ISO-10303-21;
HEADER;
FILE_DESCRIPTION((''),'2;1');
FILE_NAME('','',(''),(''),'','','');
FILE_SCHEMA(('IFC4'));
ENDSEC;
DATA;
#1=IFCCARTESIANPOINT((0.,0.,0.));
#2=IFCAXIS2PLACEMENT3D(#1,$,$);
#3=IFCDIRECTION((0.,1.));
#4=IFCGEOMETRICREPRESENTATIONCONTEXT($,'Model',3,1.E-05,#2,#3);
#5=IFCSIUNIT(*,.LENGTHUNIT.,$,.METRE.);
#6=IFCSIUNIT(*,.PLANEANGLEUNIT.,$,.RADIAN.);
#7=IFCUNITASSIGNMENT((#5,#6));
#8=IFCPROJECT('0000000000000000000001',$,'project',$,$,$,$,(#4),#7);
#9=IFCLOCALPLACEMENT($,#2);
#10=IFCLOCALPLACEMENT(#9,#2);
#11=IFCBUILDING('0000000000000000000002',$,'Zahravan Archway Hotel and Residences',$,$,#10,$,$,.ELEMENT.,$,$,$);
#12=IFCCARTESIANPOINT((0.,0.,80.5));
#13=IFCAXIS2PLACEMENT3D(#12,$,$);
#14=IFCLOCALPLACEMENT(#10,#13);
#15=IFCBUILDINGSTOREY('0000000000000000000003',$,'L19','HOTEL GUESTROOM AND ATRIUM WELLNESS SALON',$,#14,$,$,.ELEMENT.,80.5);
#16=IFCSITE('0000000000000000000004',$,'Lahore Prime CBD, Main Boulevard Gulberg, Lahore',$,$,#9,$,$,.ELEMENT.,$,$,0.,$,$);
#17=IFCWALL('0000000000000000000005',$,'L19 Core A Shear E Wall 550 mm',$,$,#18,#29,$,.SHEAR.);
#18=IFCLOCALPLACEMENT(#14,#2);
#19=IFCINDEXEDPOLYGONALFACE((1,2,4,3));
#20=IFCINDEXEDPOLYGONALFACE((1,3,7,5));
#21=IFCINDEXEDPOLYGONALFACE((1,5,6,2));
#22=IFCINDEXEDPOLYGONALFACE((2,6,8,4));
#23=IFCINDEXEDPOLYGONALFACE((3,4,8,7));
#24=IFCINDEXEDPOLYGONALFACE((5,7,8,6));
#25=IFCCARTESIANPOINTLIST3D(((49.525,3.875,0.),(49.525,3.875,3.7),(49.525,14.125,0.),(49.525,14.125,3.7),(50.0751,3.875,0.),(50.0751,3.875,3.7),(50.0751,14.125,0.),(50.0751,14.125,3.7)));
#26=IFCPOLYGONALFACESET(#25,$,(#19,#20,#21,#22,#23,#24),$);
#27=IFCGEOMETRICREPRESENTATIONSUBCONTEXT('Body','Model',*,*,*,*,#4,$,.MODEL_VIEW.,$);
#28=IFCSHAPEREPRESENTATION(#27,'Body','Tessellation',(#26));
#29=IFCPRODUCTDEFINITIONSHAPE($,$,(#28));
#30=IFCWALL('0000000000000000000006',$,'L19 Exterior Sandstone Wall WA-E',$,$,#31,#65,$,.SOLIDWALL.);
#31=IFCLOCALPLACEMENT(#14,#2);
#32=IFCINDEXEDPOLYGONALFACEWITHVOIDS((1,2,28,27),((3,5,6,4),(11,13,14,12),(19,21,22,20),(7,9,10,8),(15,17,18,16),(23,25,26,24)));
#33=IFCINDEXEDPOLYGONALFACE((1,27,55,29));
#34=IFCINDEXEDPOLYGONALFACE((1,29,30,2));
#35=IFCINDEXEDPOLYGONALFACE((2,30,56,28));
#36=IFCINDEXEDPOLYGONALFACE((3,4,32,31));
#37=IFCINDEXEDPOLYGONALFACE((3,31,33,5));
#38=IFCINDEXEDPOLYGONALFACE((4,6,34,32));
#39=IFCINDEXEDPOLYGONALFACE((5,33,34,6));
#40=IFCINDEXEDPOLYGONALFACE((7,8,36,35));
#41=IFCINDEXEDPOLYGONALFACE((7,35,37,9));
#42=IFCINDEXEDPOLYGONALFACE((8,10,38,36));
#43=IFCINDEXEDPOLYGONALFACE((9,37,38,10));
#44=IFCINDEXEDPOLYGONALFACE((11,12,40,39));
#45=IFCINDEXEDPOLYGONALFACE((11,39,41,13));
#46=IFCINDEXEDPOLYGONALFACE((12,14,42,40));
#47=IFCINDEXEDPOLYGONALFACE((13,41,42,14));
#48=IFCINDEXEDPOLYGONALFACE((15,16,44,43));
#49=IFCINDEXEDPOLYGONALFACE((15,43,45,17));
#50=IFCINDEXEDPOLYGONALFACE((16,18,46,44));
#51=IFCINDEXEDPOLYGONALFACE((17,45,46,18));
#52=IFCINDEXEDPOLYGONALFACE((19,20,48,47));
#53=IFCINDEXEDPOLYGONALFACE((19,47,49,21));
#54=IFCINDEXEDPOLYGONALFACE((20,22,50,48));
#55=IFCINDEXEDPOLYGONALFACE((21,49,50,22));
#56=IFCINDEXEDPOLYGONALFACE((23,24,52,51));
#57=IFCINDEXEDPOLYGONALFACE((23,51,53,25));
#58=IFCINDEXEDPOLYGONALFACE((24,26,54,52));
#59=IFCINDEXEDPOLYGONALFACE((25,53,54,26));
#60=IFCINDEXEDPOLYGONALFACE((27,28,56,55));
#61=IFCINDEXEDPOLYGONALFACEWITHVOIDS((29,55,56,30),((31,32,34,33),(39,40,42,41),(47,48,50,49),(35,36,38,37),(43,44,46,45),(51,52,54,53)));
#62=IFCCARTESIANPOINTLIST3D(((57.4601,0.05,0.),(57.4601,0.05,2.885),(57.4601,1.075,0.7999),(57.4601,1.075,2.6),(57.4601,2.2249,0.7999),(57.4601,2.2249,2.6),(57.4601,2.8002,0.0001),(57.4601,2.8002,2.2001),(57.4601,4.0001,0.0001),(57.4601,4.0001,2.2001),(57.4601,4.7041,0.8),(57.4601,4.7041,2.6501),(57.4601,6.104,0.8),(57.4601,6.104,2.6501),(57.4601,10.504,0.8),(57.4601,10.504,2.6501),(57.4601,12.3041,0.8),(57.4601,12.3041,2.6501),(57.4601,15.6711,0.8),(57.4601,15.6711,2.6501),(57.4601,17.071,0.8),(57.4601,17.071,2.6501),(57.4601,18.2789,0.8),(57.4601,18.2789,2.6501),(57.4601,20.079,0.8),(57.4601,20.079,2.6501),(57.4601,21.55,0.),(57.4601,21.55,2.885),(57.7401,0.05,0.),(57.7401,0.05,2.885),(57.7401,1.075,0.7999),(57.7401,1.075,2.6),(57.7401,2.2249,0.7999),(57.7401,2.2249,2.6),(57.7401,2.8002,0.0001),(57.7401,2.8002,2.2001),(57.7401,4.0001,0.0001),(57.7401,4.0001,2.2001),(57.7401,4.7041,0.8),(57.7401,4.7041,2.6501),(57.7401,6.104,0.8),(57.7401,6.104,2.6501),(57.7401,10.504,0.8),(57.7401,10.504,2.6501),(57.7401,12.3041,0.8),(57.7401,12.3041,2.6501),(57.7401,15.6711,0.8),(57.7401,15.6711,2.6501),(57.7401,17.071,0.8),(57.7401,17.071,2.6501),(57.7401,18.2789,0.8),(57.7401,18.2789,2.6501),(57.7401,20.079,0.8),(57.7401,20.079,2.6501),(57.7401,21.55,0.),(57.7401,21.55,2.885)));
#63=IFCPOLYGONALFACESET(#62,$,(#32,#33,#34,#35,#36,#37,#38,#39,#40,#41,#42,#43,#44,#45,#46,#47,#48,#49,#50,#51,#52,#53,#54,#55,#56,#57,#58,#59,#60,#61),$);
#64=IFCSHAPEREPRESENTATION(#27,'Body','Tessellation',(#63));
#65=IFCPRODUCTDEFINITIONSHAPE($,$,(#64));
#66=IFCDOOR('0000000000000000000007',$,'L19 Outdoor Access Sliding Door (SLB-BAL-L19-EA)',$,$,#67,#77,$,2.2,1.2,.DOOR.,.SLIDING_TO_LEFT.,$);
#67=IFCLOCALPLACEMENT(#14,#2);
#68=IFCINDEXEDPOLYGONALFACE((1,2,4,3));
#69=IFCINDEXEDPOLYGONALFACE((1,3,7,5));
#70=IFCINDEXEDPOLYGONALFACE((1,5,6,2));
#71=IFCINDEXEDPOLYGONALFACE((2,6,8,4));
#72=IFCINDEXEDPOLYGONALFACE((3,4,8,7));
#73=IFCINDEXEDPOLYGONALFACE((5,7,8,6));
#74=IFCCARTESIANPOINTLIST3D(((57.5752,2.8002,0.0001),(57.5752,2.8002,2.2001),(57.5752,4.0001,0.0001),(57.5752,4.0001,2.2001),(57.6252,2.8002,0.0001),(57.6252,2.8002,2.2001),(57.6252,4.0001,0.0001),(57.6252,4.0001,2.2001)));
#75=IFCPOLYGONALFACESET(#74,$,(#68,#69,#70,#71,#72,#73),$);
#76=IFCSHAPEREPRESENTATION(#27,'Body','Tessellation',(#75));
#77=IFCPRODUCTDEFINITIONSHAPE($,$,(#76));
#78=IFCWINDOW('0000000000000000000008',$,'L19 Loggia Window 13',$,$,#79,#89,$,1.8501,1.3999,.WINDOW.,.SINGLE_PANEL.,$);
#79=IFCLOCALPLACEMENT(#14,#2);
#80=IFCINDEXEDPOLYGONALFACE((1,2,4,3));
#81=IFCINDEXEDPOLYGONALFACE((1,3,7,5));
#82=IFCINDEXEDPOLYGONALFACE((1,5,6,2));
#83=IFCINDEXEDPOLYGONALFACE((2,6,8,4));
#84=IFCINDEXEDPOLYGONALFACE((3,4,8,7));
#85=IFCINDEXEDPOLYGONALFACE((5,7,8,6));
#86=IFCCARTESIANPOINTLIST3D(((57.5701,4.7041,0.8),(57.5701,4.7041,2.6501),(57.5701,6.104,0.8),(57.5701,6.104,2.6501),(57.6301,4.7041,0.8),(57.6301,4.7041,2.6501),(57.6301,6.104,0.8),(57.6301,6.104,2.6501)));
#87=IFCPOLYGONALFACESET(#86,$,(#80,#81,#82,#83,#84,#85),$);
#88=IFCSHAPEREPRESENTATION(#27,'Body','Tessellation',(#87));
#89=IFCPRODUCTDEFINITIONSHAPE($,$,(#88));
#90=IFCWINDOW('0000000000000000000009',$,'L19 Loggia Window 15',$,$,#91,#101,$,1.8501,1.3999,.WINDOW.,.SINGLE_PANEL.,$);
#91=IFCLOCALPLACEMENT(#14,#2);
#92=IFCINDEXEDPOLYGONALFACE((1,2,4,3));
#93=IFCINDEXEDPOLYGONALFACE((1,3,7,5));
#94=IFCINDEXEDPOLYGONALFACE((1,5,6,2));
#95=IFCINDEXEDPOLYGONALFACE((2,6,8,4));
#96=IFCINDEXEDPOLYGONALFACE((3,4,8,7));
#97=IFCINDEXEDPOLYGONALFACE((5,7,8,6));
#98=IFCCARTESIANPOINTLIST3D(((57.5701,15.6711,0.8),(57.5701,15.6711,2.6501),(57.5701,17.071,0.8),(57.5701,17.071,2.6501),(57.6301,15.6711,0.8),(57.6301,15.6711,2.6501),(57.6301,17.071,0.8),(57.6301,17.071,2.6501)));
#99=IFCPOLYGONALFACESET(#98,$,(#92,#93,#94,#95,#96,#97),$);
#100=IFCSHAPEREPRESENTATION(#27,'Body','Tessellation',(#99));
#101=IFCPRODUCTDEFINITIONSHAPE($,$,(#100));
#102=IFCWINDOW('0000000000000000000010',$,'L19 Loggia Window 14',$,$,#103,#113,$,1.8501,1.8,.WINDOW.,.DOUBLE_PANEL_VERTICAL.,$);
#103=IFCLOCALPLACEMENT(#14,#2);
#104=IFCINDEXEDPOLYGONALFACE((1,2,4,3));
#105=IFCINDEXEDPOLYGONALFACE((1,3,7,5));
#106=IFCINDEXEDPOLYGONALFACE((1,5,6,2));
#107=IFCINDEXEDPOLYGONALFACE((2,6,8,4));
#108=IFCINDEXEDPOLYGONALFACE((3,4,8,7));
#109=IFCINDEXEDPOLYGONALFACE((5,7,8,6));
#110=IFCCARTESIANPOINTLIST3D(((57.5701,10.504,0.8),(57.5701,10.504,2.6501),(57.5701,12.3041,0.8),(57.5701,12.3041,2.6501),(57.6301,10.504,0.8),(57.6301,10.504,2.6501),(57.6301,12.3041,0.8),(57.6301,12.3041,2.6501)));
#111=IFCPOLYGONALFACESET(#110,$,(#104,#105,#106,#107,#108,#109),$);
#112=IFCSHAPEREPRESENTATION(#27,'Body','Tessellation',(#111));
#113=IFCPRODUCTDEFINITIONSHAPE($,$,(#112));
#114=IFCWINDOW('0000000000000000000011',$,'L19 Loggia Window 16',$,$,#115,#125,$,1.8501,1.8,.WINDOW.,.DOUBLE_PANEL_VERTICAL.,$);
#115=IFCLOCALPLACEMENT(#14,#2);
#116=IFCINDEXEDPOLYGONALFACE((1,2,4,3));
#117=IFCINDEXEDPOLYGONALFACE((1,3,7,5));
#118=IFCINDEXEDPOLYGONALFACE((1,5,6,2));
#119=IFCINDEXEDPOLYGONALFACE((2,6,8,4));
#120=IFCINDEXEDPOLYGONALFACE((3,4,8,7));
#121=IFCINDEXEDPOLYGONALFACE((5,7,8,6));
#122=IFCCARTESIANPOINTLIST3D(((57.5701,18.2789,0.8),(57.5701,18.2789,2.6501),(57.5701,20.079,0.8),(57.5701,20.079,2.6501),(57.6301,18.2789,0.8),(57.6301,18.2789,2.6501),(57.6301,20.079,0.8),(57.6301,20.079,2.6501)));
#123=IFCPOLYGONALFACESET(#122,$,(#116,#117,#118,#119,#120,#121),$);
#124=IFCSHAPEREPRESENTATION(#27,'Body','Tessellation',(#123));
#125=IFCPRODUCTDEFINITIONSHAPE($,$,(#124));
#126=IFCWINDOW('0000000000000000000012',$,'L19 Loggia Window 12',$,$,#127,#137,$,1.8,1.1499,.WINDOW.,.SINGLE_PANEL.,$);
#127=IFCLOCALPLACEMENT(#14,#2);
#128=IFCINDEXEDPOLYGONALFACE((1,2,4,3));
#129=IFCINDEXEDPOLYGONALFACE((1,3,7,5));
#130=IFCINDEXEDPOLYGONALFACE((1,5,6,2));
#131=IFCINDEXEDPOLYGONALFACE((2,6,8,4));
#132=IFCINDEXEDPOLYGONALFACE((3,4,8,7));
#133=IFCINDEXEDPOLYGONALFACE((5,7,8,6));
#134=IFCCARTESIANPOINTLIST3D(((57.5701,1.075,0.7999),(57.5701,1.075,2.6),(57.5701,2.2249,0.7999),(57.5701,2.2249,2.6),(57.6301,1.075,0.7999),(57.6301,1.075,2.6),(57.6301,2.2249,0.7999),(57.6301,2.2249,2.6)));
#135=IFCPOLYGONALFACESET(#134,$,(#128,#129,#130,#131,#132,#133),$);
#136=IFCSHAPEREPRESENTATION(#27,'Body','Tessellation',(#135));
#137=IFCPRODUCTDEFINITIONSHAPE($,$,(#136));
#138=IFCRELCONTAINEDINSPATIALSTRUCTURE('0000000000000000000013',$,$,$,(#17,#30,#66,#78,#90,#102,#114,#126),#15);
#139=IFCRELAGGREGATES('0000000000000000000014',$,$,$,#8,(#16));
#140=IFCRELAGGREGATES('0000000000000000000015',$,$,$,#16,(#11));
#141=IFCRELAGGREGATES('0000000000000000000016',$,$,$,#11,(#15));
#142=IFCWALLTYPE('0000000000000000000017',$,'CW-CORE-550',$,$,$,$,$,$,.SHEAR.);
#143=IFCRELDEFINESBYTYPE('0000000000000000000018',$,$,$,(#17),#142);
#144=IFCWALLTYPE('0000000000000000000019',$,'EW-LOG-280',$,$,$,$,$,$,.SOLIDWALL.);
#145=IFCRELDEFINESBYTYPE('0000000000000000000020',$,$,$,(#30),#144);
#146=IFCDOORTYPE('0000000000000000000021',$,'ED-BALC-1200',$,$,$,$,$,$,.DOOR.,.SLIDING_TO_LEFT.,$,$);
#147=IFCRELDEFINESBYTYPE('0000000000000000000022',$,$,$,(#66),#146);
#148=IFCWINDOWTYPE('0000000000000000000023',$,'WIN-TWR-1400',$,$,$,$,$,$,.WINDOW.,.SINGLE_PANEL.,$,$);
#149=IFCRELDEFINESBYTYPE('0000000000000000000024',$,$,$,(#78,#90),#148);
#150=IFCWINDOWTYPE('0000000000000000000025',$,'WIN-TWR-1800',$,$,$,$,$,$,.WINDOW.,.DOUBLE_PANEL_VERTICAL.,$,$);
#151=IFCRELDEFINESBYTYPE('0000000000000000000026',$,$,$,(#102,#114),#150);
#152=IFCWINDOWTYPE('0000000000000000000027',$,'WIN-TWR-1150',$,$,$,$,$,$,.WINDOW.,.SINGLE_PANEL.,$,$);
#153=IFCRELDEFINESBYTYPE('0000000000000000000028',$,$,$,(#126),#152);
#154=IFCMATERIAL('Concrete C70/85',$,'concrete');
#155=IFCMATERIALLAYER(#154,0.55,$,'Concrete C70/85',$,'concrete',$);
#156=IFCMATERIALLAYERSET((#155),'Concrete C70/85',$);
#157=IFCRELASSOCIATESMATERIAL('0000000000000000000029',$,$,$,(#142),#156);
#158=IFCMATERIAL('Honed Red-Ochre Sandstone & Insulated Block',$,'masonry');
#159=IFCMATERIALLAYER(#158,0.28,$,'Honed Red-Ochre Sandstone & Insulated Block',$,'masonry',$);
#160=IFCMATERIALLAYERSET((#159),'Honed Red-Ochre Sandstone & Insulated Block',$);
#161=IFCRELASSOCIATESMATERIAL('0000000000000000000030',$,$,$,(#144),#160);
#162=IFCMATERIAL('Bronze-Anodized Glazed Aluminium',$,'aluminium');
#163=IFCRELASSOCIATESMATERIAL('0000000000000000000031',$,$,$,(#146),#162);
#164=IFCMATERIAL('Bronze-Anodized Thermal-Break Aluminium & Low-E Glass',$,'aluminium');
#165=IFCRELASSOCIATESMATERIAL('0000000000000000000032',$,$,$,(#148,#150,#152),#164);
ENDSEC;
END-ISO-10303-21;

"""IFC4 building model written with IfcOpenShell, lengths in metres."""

from ifc_helpers import new_model, si_unit, direction, frame, frame_2d, origin, place, context, subcontext, project, spatial, rectangle, extrude, source, transform, mapped, material, layer, layer_set, type_object, type_shapes, element, fill, save


model = new_model("IFC4")

# Units and contexts
model_context = context("Model", 3, precision=1e-05, world=origin(), true_north=direction((0.0, 1.0)))
body_context = subcontext(model_context, "Body", "Model", "MODEL_VIEW")
ifc_project = project(units=[si_unit("LENGTHUNIT", "METRE"), si_unit("PLANEANGLEUNIT", "RADIAN")], contexts=[model_context])

# Site, building, storey
site_placement = place(None, origin())
site = spatial("IfcSite", under=ifc_project, at=site_placement, Name="Lahore Prime CBD, Main Boulevard Gulberg, Lahore", CompositionType="ELEMENT", RefElevation=0.0)
building_placement = place(site_placement, origin())
building = spatial("IfcBuilding", under=site, at=building_placement, Name="Zahravan Archway Hotel and Residences", CompositionType="ELEMENT")
storey_placement = place(building_placement, frame((0.0, 0.0, 80.5)))
storey = spatial("IfcBuildingStorey", under=building, at=storey_placement, Name="L19", Description="HOTEL GUESTROOM AND ATRIUM WELLNESS SALON", CompositionType="ELEMENT", Elevation=80.5)

# Shared definitions
ifc_material_1 = material(Name="Concrete C70/85", Category="concrete")

# Wall
ifc_layer_1 = layer(ifc_material_1, 0.55, Name="Concrete C70/85", Category="concrete")
ifc_layer_set_1 = layer_set([ifc_layer_1], Name="Concrete C70/85")
wall_type_1 = type_object("IfcWallType", Name="CW-CORE-550", PredefinedType="SHEAR", material=ifc_layer_set_1)
wall_1_placement = place(storey_placement, frame((49.8, 3.875, 0.0), z_axis=(0.0, 0.0, 1.0), x_axis=(0.0, 1.0, 0.0)))
element("IfcWall", 1, at=wall_1_placement, inside=storey, type_object=wall_type_1, Name="L19 Core A Shear E Wall 550 mm", PredefinedType="SHEAR", context=body_context, shape_type="SweptSolid", body=[
    extrude(rectangle(XDim=10.25, YDim=0.55, at=frame_2d((5.125, 0.0))), origin(), (0.0, 0.0, 1.0), 3.7),
])

# Wall, openings, door, windows
ifc_material_2 = material(Name="Honed Red-Ochre Sandstone & Insulated Block", Category="masonry")
ifc_layer_2 = layer(ifc_material_2, 0.28, Name="Honed Red-Ochre Sandstone & Insulated Block", Category="masonry")
ifc_layer_set_2 = layer_set([ifc_layer_2], Name="Honed Red-Ochre Sandstone & Insulated Block")
wall_type_2 = type_object("IfcWallType", Name="EW-LOG-280", PredefinedType="SOLIDWALL", material=ifc_layer_set_2)
wall_2_placement = place(storey_placement, frame((57.6001, 0.05, 0.0), z_axis=(0.0, 0.0, 1.0), x_axis=(0.0, 1.0, 0.0)))
wall_2 = element("IfcWall", 2, at=wall_2_placement, inside=storey, type_object=wall_type_2, Name="L19 Exterior Sandstone Wall WA-E", PredefinedType="SOLIDWALL", context=body_context, shape_type="SweptSolid", body=[
    extrude(rectangle(XDim=21.5, YDim=0.28, at=frame_2d((10.75, 0.0))), origin(), (0.0, 0.0, 1.0), 2.885),
])
opening_1_placement = place(wall_2_placement, frame((2.75, 0.0, 0.0)))
opening_1 = element("IfcOpeningElement", 3, at=opening_1_placement, cuts=wall_2, PredefinedType="OPENING", context=body_context, shape_type="SweptSolid", body=[
    extrude(rectangle(XDim=1.2, YDim=2.2, at=frame_2d((0.6001, 1.1001))), frame((0.0, 0.1499, 0.0), z_axis=(0.0, -1.0, 0.0), x_axis=(1.0, 0.0, 0.0)), (0.0, 0.0, 1.0), 0.3),
])
opening_2_placement = place(wall_2_placement, frame((1.0249, 0.0, 0.8)))
opening_2 = element("IfcOpeningElement", 4, at=opening_2_placement, cuts=wall_2, PredefinedType="OPENING", context=body_context, shape_type="SweptSolid", body=[
    extrude(rectangle(XDim=1.1499, YDim=1.8, at=frame_2d((0.575, 0.8999))), frame((0.0, 0.1499, 0.0), z_axis=(0.0, -1.0, 0.0), x_axis=(1.0, 0.0, 0.0)), (0.0, 0.0, 1.0), 0.3),
])
opening_3_placement = place(wall_2_placement, frame((4.6541, 0.0, 0.8)))
opening_3 = element("IfcOpeningElement", 5, at=opening_3_placement, cuts=wall_2, PredefinedType="OPENING", context=body_context, shape_type="SweptSolid", body=[
    extrude(rectangle(XDim=1.3999, YDim=1.8501, at=frame_2d((0.7, 0.925))), frame((0.0, 0.1499, 0.0), z_axis=(0.0, -1.0, 0.0), x_axis=(1.0, 0.0, 0.0)), (0.0, 0.0, 1.0), 0.3),
])
opening_4_placement = place(wall_2_placement, frame((10.4541, 0.0, 0.8)))
opening_4 = element("IfcOpeningElement", 6, at=opening_4_placement, cuts=wall_2, PredefinedType="OPENING", context=body_context, shape_type="SweptSolid", body=[
    extrude(rectangle(XDim=1.8, YDim=1.8501, at=frame_2d((0.8999, 0.925))), frame((0.0, 0.1499, 0.0), z_axis=(0.0, -1.0, 0.0), x_axis=(1.0, 0.0, 0.0)), (0.0, 0.0, 1.0), 0.3),
])
opening_5_placement = place(wall_2_placement, frame((15.6211, 0.0, 0.8)))
opening_5 = element("IfcOpeningElement", 7, at=opening_5_placement, cuts=wall_2, PredefinedType="OPENING", context=body_context, shape_type="SweptSolid", body=[
    extrude(rectangle(XDim=1.3999, YDim=1.8501, at=frame_2d((0.7, 0.925))), frame((0.0, 0.1499, 0.0), z_axis=(0.0, -1.0, 0.0), x_axis=(1.0, 0.0, 0.0)), (0.0, 0.0, 1.0), 0.3),
])
opening_6_placement = place(wall_2_placement, frame((18.229, 0.0, 0.8)))
opening_6 = element("IfcOpeningElement", 8, at=opening_6_placement, cuts=wall_2, PredefinedType="OPENING", context=body_context, shape_type="SweptSolid", body=[
    extrude(rectangle(XDim=1.8, YDim=1.8501, at=frame_2d((0.8999, 0.925))), frame((0.0, 0.1499, 0.0), z_axis=(0.0, -1.0, 0.0), x_axis=(1.0, 0.0, 0.0)), (0.0, 0.0, 1.0), 0.3),
])
ifc_material_3 = material(Name="Bronze-Anodized Glazed Aluminium", Category="aluminium")
door_type_1 = type_object("IfcDoorType", Name="ED-BALC-1200", OperationType="SLIDING_TO_LEFT", PredefinedType="DOOR", material=ifc_material_3)
shared_shape_1 = source(origin(), body_context, "Body", "SweptSolid", [
    extrude(rectangle(XDim=1.2, YDim=2.2, at=frame_2d((0.6001, 1.1001))), frame((0.0, 0.0249, 0.0), z_axis=(0.0, -1.0, 0.0), x_axis=(1.0, 0.0, 0.0)), (0.0, 0.0, 1.0), 0.05),
])
type_shapes(door_type_1, [shared_shape_1])
door_1_placement = place(opening_1_placement, origin())
door_1 = element("IfcDoor", 9, at=door_1_placement, inside=storey, type_object=door_type_1, Name="L19 Outdoor Access Sliding Door (SLB-BAL-L19-EA)", OperationType="SLIDING_TO_LEFT", OverallHeight=2.2, OverallWidth=1.2, PredefinedType="DOOR", context=body_context, shape_type="MappedRepresentation", body=[
    mapped(shared_shape_1, transform((0.0, 0.0, 0.0), scale=1.0)),
])
fill(opening_1, door_1)
ifc_material_4 = material(Name="Bronze-Anodized Thermal-Break Aluminium & Low-E Glass", Category="aluminium")
window_type_1 = type_object("IfcWindowType", Name="WIN-TWR-1400", PartitioningType="SINGLE_PANEL", PredefinedType="WINDOW", material=ifc_material_4)
shared_shape_2 = source(origin(), body_context, "Body", "SweptSolid", [
    extrude(rectangle(XDim=1.3999, YDim=1.8501, at=frame_2d((0.7, 0.925))), frame((0.0, 0.03, 0.0), z_axis=(0.0, -1.0, 0.0), x_axis=(1.0, 0.0, 0.0)), (0.0, 0.0, 1.0), 0.0601),
])
type_shapes(window_type_1, [shared_shape_2])
window_1_placement = place(opening_3_placement, origin())
window_1 = element("IfcWindow", 10, at=window_1_placement, inside=storey, type_object=window_type_1, Name="L19 Loggia Window 13", OverallHeight=1.8501, OverallWidth=1.3999, PartitioningType="SINGLE_PANEL", PredefinedType="WINDOW", context=body_context, shape_type="MappedRepresentation", body=[
    mapped(shared_shape_2, transform((0.0, 0.0, 0.0), scale=1.0)),
])
fill(opening_3, window_1)
window_2_placement = place(opening_5_placement, origin())
window_2 = element("IfcWindow", 11, at=window_2_placement, inside=storey, type_object=window_type_1, Name="L19 Loggia Window 15", OverallHeight=1.8501, OverallWidth=1.3999, PartitioningType="SINGLE_PANEL", PredefinedType="WINDOW", context=body_context, shape_type="MappedRepresentation", body=[
    mapped(shared_shape_2, transform((0.0, 0.0, 0.0), scale=1.0)),
])
fill(opening_5, window_2)
window_type_2 = type_object("IfcWindowType", Name="WIN-TWR-1800", PartitioningType="DOUBLE_PANEL_VERTICAL", PredefinedType="WINDOW", material=ifc_material_4)
shared_shape_3 = source(origin(), body_context, "Body", "SweptSolid", [
    extrude(rectangle(XDim=1.8, YDim=1.8501, at=frame_2d((0.8999, 0.925))), frame((0.0, 0.03, 0.0), z_axis=(0.0, -1.0, 0.0), x_axis=(1.0, 0.0, 0.0)), (0.0, 0.0, 1.0), 0.0601),
])
type_shapes(window_type_2, [shared_shape_3])
window_3_placement = place(opening_4_placement, origin())
window_3 = element("IfcWindow", 12, at=window_3_placement, inside=storey, type_object=window_type_2, Name="L19 Loggia Window 14", OverallHeight=1.8501, OverallWidth=1.8, PartitioningType="DOUBLE_PANEL_VERTICAL", PredefinedType="WINDOW", context=body_context, shape_type="MappedRepresentation", body=[
    mapped(shared_shape_3, transform((0.0, 0.0, 0.0), scale=1.0)),
])
fill(opening_4, window_3)
window_4_placement = place(opening_6_placement, origin())
window_4 = element("IfcWindow", 13, at=window_4_placement, inside=storey, type_object=window_type_2, Name="L19 Loggia Window 16", OverallHeight=1.8501, OverallWidth=1.8, PartitioningType="DOUBLE_PANEL_VERTICAL", PredefinedType="WINDOW", context=body_context, shape_type="MappedRepresentation", body=[
    mapped(shared_shape_3, transform((0.0, 0.0, 0.0), scale=1.0)),
])
fill(opening_6, window_4)
window_type_3 = type_object("IfcWindowType", Name="WIN-TWR-1150", PartitioningType="SINGLE_PANEL", PredefinedType="WINDOW", material=ifc_material_4)
shared_shape_4 = source(origin(), body_context, "Body", "SweptSolid", [
    extrude(rectangle(XDim=1.1499, YDim=1.8, at=frame_2d((0.575, 0.8999))), frame((0.0, 0.03, 0.0), z_axis=(0.0, -1.0, 0.0), x_axis=(1.0, 0.0, 0.0)), (0.0, 0.0, 1.0), 0.0601),
])
type_shapes(window_type_3, [shared_shape_4])
window_5_placement = place(opening_2_placement, origin())
window_5 = element("IfcWindow", 14, at=window_5_placement, inside=storey, type_object=window_type_3, Name="L19 Loggia Window 12", OverallHeight=1.8, OverallWidth=1.1499, PartitioningType="SINGLE_PANEL", PredefinedType="WINDOW", context=body_context, shape_type="MappedRepresentation", body=[
    mapped(shared_shape_4, transform((0.0, 0.0, 0.0), scale=1.0)),
])
fill(opening_2, window_5)

save(model, "model.ifc")
